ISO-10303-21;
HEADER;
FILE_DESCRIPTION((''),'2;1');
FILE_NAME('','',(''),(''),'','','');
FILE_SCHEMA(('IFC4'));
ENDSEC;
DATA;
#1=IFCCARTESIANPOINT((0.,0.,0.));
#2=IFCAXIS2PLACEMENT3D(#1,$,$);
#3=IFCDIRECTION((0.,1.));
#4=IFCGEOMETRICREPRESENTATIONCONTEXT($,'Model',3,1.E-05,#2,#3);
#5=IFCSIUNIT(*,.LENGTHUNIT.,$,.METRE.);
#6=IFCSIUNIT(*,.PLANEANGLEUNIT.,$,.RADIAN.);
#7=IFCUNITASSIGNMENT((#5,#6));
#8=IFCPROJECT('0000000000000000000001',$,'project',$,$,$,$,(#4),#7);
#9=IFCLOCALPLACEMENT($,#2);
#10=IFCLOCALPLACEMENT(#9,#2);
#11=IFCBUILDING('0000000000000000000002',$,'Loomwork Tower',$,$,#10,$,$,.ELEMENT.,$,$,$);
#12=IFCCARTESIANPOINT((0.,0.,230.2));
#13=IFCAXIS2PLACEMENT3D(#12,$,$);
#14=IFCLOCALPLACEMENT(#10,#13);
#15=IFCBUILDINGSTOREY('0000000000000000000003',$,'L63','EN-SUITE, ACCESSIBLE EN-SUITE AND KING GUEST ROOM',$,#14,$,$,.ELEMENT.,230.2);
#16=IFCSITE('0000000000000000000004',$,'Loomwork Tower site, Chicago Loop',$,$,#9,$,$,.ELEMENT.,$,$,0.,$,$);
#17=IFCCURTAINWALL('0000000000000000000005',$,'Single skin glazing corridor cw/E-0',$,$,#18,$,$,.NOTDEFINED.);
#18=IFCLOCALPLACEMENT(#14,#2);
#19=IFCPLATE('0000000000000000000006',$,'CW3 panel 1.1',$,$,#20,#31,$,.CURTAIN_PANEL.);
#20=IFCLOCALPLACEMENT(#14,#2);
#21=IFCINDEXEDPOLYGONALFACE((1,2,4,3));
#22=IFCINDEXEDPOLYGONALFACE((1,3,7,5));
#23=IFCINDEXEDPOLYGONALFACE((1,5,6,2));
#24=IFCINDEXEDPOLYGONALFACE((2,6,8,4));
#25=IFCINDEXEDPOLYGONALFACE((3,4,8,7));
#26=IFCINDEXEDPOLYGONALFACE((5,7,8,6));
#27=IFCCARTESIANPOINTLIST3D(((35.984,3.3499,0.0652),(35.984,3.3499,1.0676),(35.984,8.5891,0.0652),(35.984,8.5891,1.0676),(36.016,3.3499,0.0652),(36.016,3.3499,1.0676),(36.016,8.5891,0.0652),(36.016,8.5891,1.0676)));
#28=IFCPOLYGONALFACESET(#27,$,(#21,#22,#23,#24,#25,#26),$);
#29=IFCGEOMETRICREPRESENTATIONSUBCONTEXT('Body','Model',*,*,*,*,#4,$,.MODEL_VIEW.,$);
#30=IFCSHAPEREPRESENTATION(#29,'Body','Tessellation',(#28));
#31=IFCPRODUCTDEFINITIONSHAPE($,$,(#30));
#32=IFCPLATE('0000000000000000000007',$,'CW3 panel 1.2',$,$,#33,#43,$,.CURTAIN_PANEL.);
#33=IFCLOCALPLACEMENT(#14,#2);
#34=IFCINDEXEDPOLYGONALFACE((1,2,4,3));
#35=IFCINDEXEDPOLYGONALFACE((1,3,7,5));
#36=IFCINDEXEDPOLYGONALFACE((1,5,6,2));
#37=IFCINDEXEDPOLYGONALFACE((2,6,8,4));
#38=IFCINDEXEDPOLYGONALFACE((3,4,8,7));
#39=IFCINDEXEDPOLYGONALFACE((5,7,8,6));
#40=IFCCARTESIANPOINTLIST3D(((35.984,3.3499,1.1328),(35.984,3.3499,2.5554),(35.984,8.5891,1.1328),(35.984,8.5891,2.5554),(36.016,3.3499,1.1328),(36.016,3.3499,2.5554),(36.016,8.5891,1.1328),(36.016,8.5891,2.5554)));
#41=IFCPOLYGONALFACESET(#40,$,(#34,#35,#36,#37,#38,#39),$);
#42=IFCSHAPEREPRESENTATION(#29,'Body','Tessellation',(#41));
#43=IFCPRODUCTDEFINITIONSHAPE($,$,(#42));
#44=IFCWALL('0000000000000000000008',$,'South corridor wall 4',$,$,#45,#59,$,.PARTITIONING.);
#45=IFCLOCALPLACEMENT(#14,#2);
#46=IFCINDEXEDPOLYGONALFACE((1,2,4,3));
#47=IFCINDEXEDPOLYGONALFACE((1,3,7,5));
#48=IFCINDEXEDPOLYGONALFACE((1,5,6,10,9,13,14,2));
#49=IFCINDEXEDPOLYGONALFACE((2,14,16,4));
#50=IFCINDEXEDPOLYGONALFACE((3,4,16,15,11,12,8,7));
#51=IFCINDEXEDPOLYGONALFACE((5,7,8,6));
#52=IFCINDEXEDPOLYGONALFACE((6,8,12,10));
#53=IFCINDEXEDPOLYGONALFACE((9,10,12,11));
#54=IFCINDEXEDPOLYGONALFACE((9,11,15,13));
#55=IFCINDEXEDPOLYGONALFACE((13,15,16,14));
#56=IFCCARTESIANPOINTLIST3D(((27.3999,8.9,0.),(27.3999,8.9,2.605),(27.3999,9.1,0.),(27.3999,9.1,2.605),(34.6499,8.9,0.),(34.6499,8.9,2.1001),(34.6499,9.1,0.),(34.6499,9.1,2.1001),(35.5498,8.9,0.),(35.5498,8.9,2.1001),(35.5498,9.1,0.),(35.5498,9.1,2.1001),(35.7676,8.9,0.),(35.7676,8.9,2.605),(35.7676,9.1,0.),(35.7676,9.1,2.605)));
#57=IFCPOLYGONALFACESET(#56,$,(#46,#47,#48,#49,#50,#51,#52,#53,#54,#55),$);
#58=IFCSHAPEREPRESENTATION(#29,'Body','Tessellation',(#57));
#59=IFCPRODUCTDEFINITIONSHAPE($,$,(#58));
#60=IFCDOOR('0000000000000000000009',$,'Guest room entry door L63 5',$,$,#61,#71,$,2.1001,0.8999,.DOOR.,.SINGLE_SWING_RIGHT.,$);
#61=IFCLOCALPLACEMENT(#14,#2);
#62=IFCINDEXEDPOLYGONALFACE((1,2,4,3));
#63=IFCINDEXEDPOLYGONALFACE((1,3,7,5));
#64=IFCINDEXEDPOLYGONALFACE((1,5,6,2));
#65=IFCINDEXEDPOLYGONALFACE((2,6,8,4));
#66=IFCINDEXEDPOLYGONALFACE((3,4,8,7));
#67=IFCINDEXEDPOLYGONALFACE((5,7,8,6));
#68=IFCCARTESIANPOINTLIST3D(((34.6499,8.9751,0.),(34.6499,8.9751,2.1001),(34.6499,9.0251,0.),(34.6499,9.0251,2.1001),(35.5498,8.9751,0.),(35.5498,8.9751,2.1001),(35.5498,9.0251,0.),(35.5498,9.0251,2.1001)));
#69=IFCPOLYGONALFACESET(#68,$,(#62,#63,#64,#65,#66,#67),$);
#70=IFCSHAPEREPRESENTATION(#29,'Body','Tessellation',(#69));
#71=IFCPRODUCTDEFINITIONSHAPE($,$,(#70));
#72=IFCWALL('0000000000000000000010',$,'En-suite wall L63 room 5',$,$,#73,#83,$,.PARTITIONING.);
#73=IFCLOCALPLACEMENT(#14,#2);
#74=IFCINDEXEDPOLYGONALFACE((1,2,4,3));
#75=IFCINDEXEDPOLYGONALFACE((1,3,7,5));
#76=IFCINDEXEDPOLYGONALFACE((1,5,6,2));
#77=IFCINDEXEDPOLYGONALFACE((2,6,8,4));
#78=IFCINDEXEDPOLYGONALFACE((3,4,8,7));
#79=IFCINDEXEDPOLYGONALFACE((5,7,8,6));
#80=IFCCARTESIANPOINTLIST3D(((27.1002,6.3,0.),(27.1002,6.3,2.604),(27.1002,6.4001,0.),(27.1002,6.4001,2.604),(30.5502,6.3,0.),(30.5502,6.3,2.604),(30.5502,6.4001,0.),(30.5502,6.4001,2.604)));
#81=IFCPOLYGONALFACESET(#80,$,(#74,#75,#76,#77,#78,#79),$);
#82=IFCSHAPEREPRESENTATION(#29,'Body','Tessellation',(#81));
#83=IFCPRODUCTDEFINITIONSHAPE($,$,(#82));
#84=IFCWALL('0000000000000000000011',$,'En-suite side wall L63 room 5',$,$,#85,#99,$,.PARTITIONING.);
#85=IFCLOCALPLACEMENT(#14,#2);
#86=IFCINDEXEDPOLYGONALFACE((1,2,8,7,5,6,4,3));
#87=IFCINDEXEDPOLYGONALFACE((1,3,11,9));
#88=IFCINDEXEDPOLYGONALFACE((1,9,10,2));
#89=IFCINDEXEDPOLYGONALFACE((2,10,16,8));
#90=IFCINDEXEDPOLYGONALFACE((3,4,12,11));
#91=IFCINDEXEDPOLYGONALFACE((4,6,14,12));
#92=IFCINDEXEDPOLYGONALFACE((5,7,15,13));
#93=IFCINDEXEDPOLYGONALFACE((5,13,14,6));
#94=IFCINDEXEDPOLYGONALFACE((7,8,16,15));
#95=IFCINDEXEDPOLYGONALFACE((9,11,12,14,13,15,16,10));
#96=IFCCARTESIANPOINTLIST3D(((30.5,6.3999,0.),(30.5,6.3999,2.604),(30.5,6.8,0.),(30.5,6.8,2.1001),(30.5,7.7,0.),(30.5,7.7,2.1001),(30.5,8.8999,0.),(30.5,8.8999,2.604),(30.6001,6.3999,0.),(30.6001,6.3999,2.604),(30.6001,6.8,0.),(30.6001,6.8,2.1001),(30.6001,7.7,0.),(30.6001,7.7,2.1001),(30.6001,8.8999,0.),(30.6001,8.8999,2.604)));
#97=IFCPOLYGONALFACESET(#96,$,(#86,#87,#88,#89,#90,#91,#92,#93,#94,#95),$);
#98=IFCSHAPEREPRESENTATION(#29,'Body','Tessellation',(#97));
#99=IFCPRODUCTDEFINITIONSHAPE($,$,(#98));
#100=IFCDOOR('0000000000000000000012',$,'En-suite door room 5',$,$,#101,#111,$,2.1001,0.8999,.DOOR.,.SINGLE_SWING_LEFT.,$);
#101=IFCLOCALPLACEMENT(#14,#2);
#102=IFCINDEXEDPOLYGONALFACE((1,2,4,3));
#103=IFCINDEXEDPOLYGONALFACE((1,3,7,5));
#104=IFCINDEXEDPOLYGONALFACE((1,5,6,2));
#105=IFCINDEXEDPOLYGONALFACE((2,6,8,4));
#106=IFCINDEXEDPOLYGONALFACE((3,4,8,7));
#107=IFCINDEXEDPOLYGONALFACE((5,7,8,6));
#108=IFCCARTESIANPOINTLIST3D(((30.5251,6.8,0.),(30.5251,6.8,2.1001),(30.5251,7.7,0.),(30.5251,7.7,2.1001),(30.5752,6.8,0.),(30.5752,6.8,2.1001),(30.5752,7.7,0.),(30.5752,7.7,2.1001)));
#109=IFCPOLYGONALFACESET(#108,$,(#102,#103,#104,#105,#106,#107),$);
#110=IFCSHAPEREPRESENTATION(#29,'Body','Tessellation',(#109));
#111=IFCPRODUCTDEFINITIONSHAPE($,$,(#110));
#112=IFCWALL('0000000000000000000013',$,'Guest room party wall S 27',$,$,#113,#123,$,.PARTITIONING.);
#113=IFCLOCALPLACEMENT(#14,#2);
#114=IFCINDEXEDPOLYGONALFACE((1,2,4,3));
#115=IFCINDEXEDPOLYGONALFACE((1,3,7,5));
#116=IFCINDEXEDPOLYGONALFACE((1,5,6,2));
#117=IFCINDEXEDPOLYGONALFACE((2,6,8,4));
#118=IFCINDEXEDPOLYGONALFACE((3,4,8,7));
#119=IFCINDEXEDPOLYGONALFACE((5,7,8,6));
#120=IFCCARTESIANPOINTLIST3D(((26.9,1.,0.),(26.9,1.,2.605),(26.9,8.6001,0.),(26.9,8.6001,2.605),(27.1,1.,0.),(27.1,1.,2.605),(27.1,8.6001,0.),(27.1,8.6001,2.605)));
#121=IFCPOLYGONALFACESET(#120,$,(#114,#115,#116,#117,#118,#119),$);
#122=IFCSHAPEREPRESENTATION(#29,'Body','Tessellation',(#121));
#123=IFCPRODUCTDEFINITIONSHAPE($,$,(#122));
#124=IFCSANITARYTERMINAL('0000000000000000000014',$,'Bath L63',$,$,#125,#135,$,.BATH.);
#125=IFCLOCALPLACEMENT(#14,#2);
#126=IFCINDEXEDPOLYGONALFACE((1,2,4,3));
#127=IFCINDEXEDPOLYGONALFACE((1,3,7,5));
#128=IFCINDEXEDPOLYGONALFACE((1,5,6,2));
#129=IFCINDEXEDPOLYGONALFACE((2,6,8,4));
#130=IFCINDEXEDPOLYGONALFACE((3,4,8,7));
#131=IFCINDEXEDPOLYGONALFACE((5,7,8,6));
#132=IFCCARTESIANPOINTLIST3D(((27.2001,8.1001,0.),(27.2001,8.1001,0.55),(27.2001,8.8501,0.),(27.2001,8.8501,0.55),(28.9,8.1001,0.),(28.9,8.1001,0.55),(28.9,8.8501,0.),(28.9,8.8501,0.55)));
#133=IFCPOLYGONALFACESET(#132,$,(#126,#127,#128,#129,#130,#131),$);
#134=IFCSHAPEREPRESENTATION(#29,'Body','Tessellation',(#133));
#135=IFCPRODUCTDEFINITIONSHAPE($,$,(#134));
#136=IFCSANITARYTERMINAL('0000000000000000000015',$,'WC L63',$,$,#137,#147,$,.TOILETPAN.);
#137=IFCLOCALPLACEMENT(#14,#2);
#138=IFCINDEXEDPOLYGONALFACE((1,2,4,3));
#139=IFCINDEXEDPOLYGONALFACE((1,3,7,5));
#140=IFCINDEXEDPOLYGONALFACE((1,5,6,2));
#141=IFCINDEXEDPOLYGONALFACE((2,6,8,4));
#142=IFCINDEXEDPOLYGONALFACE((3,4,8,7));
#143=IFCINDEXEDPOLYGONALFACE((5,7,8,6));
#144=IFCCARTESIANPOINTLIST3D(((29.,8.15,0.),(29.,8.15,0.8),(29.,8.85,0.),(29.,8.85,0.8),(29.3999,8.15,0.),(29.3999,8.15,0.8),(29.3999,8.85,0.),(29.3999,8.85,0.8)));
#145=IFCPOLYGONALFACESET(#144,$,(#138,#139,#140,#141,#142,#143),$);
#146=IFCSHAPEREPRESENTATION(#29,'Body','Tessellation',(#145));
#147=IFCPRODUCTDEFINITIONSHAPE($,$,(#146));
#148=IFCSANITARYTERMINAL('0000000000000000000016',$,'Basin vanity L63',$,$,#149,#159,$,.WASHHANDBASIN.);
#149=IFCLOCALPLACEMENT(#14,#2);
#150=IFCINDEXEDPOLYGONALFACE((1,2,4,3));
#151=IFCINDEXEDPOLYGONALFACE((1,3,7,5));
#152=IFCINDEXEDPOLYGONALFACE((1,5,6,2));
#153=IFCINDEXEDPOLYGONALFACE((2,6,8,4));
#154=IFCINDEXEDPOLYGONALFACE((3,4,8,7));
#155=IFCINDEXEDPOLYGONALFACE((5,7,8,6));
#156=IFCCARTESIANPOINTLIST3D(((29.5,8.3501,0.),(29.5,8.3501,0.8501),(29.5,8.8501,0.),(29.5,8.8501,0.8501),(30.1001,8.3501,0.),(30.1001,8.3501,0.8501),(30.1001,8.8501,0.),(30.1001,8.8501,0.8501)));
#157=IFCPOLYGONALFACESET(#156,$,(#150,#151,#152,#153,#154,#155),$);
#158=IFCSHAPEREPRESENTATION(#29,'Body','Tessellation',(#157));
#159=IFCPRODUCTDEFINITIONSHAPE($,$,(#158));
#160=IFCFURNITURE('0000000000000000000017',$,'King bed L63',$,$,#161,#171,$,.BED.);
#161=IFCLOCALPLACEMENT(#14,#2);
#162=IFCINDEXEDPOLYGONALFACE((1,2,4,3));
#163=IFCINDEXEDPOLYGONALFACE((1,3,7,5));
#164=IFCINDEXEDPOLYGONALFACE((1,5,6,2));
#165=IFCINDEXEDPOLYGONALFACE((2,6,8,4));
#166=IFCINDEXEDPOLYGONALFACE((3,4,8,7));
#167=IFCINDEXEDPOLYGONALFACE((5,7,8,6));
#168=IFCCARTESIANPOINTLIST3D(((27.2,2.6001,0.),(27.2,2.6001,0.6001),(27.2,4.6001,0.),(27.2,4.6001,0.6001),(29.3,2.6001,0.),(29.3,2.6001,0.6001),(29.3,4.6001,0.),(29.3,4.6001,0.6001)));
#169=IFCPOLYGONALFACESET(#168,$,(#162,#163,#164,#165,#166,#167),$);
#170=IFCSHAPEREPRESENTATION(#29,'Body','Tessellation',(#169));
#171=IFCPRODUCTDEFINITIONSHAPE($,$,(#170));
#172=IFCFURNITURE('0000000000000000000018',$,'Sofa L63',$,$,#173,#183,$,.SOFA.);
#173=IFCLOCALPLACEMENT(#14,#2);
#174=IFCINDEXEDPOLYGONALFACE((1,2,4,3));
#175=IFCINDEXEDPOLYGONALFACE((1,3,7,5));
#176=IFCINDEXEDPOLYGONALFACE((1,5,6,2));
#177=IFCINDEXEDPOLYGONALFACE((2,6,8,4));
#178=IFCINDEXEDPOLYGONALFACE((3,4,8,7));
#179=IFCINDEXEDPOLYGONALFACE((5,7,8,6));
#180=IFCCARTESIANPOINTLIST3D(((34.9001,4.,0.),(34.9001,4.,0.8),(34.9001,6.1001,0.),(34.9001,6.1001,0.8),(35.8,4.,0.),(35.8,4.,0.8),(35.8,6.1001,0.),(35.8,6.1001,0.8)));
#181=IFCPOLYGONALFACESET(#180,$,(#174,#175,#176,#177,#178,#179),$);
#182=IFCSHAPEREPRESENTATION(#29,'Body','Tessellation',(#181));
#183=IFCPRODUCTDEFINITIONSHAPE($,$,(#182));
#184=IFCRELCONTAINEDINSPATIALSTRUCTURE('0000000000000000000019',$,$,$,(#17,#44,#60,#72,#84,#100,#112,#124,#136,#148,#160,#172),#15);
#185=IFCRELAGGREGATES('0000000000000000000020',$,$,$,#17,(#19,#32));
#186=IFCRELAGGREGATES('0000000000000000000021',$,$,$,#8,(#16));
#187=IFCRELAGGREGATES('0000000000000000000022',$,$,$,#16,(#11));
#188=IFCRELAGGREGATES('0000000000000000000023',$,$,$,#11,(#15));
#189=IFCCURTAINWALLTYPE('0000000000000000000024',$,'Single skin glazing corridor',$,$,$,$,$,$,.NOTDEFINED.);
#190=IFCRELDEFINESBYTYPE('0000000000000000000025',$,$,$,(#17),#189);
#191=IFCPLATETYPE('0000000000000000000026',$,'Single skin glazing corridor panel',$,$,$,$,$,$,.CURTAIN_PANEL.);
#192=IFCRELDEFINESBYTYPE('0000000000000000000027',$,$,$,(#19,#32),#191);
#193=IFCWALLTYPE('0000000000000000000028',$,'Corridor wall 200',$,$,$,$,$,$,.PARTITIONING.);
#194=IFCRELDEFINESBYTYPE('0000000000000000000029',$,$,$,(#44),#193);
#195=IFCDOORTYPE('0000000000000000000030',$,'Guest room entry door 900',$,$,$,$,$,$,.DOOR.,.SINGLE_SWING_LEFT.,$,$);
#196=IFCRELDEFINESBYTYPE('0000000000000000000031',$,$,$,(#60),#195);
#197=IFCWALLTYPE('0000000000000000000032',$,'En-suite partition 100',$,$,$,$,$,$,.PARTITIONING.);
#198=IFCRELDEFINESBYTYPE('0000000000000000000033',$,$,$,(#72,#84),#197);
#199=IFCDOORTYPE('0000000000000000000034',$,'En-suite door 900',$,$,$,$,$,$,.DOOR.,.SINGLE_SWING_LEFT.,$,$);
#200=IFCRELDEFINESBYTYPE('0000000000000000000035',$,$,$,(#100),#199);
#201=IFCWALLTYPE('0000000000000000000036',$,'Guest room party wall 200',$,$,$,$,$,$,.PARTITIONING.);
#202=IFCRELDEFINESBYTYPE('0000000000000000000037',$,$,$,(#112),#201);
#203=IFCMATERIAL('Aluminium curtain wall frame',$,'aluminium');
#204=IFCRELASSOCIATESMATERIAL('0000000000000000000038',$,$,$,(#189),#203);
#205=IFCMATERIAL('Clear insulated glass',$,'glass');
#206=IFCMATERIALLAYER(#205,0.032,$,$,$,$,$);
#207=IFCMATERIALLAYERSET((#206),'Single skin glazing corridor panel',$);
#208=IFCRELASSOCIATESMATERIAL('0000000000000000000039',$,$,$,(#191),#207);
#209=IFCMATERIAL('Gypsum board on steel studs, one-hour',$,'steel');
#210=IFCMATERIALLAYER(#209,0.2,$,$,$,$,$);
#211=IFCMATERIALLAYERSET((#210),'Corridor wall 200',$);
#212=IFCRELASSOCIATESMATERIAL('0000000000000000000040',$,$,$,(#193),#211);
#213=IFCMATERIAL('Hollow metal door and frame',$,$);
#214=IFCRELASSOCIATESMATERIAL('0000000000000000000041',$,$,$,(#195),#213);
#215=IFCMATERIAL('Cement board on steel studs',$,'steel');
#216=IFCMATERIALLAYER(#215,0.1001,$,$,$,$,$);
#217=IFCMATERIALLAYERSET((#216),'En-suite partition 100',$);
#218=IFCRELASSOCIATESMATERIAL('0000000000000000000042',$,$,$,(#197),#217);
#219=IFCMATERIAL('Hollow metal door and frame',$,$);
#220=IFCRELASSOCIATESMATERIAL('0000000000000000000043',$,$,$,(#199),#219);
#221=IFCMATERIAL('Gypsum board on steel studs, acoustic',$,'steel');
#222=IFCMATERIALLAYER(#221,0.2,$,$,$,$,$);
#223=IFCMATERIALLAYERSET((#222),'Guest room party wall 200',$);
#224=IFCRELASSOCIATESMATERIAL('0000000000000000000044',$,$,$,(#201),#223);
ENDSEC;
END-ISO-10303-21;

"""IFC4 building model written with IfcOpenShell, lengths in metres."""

from ifc_helpers import new_model, si_unit, direction, frame, frame_2d, origin, origin_2d, place, context, subcontext, project, spatial, rectangle, extrude, material, layer, layer_set, type_object, element, fill, aggregate, save


model = new_model("IFC4")

# Units and contexts
model_context = context("Model", 3, precision=1e-05, world=origin(), true_north=direction((0.0, 1.0)))
body_context = subcontext(model_context, "Body", "Model", "MODEL_VIEW")
ifc_project = project(units=[si_unit("LENGTHUNIT", "METRE"), si_unit("PLANEANGLEUNIT", "RADIAN")], contexts=[model_context])

# Site, building, storey
site_placement = place(None, origin())
site = spatial("IfcSite", under=ifc_project, at=site_placement, Name="Loomwork Tower site, Chicago Loop", CompositionType="ELEMENT", RefElevation=0.0)
building_placement = place(site_placement, origin())
building = spatial("IfcBuilding", under=site, at=building_placement, Name="Loomwork Tower", CompositionType="ELEMENT")
storey_placement = place(building_placement, frame((0.0, 0.0, 230.2)))
storey = spatial("IfcBuildingStorey", under=building, at=storey_placement, Name="L63", Description="EN-SUITE, ACCESSIBLE EN-SUITE AND KING GUEST ROOM", CompositionType="ELEMENT", Elevation=230.2)

# Curtain wall, plates
ifc_material_1 = material(Name="Aluminium curtain wall frame", Category="aluminium")
curtain_wall_type = type_object("IfcCurtainWallType", Name="Single skin glazing corridor", PredefinedType="NOTDEFINED", material=ifc_material_1)
curtain_wall_placement = place(storey_placement, origin())
curtain_wall = element("IfcCurtainWall", 1, at=curtain_wall_placement, inside=storey, type_object=curtain_wall_type, Name="Single skin glazing corridor cw/E-0", PredefinedType="NOTDEFINED")
ifc_material_2 = material(Name="Clear insulated glass", Category="glass")
ifc_layer_1 = layer(ifc_material_2, 0.032)
ifc_layer_set_1 = layer_set([ifc_layer_1], Name="Single skin glazing corridor panel")
plate_type = type_object("IfcPlateType", Name="Single skin glazing corridor panel", PredefinedType="CURTAIN_PANEL", material=ifc_layer_set_1)
plate_1_placement = place(storey_placement, frame((36.0, 5.9695, 0.0652), z_axis=(0.0, 0.0, 1.0), x_axis=(0.0, 1.0, 0.0)))
plate_1 = element("IfcPlate", 2, at=plate_1_placement, type_object=plate_type, Name="CW3 panel 1.1", PredefinedType="CURTAIN_PANEL", context=body_context, shape_type="SweptSolid", body=[
    extrude(rectangle(XDim=5.2393, YDim=0.032, at=origin_2d()), origin(), (0.0, 0.0, 1.0), 1.0024),
])
plate_2_placement = place(storey_placement, frame((36.0, 5.9695, 1.1328), z_axis=(0.0, 0.0, 1.0), x_axis=(0.0, 1.0, 0.0)))
plate_2 = element("IfcPlate", 3, at=plate_2_placement, type_object=plate_type, Name="CW3 panel 1.2", PredefinedType="CURTAIN_PANEL", context=body_context, shape_type="SweptSolid", body=[
    extrude(rectangle(XDim=5.2393, YDim=0.032, at=origin_2d()), origin(), (0.0, 0.0, 1.0), 1.4226),
])
aggregate(curtain_wall, [plate_1, plate_2])

# Wall, opening, door
ifc_material_3 = material(Name="Gypsum board on steel studs, one-hour", Category="steel")
ifc_layer_2 = layer(ifc_material_3, 0.2)
ifc_layer_set_2 = layer_set([ifc_layer_2], Name="Corridor wall 200")
wall_type_1 = type_object("IfcWallType", Name="Corridor wall 200", PredefinedType="PARTITIONING", material=ifc_layer_set_2)
wall_1_placement = place(storey_placement, frame((27.3999, 9.0, 0.0), z_axis=(0.0, 0.0, 1.0), x_axis=(1.0, 0.0, 0.0)))
wall_1 = element("IfcWall", 4, at=wall_1_placement, inside=storey, type_object=wall_type_1, Name="South corridor wall 4", PredefinedType="PARTITIONING", context=body_context, shape_type="SweptSolid", body=[
    extrude(rectangle(XDim=8.3677, YDim=0.2, at=frame_2d((4.1838, 0.0))), origin(), (0.0, 0.0, 1.0), 2.605),
])
opening_1_placement = place(wall_1_placement, frame((7.25, 0.0, 0.0)))
opening_1 = element("IfcOpeningElement", 5, at=opening_1_placement, cuts=wall_1, PredefinedType="OPENING", context=body_context, shape_type="SweptSolid", body=[
    extrude(rectangle(XDim=0.8999, YDim=2.1001, at=frame_2d((0.45, 1.05))), frame((0.0, 0.1099, 0.0), z_axis=(0.0, -1.0, 0.0), x_axis=(1.0, 0.0, 0.0)), (0.0, 0.0, 1.0), 0.22),
])
ifc_material_4 = material(Name="Hollow metal door and frame")
door_type_1 = type_object("IfcDoorType", Name="Guest room entry door 900", OperationType="SINGLE_SWING_LEFT", PredefinedType="DOOR", material=ifc_material_4)
door_1_placement = place(opening_1_placement, frame((0.8999, 0.0, 0.0), z_axis=(0.0, 0.0, 1.0), x_axis=(-1.0, 0.0, 0.0)))
door_1 = element("IfcDoor", 6, at=door_1_placement, inside=storey, type_object=door_type_1, Name="Guest room entry door L63 5", OperationType="SINGLE_SWING_RIGHT", OverallHeight=2.1001, OverallWidth=0.8999, PredefinedType="DOOR", context=body_context, shape_type="SweptSolid", body=[
    extrude(rectangle(XDim=0.8999, YDim=2.1001, at=frame_2d((0.45, 1.05))), frame((0.0, 0.0249, 0.0), z_axis=(0.0, -1.0, 0.0), x_axis=(1.0, 0.0, 0.0)), (0.0, 0.0, 1.0), 0.05),
])
fill(opening_1, door_1)

# Wall
ifc_material_5 = material(Name="Cement board on steel studs", Category="steel")
ifc_layer_3 = layer(ifc_material_5, 0.1001)
ifc_layer_set_3 = layer_set([ifc_layer_3], Name="En-suite partition 100")
wall_type_2 = type_object("IfcWallType", Name="En-suite partition 100", PredefinedType="PARTITIONING", material=ifc_layer_set_3)
wall_2_placement = place(storey_placement, frame((27.1001, 6.3501, 0.0), z_axis=(0.0, 0.0, 1.0), x_axis=(1.0, 0.0, 0.0)))
element("IfcWall", 7, at=wall_2_placement, inside=storey, type_object=wall_type_2, Name="En-suite wall L63 room 5", PredefinedType="PARTITIONING", context=body_context, shape_type="SweptSolid", body=[
    extrude(rectangle(XDim=3.45, YDim=0.1001, at=frame_2d((1.7251, 0.0))), origin(), (0.0, 0.0, 1.0), 2.604),
])

# Wall, opening, door
wall_3_placement = place(storey_placement, frame((30.55, 8.8999, 0.0), z_axis=(0.0, 0.0, 1.0), x_axis=(0.0, -1.0, 0.0)))
wall_3 = element("IfcWall", 8, at=wall_3_placement, inside=storey, type_object=wall_type_2, Name="En-suite side wall L63 room 5", PredefinedType="PARTITIONING", context=body_context, shape_type="SweptSolid", body=[
    extrude(rectangle(XDim=2.5, YDim=0.1001, at=frame_2d((1.25, 0.0))), origin(), (0.0, 0.0, 1.0), 2.604),
])
opening_2_placement = place(wall_3_placement, frame((1.2, 0.0, 0.0)))
opening_2 = element("IfcOpeningElement", 9, at=opening_2_placement, cuts=wall_3, PredefinedType="OPENING", context=body_context, shape_type="SweptSolid", body=[
    extrude(rectangle(XDim=0.8999, YDim=2.1001, at=frame_2d((0.45, 1.05))), frame((0.0, 0.0601, 0.0), z_axis=(0.0, -1.0, 0.0), x_axis=(1.0, 0.0, 0.0)), (0.0, 0.0, 1.0), 0.1201),
])
ifc_material_6 = material(Name="Hollow metal door and frame")
door_type_2 = type_object("IfcDoorType", Name="En-suite door 900", OperationType="SINGLE_SWING_LEFT", PredefinedType="DOOR", material=ifc_material_6)
door_2_placement = place(opening_2_placement, frame((0.8999, 0.0, 0.0), z_axis=(0.0, 0.0, 1.0), x_axis=(-1.0, 0.0, 0.0)))
door_2 = element("IfcDoor", 10, at=door_2_placement, inside=storey, type_object=door_type_2, Name="En-suite door room 5", OperationType="SINGLE_SWING_LEFT", OverallHeight=2.1001, OverallWidth=0.8999, PredefinedType="DOOR", context=body_context, shape_type="SweptSolid", body=[
    extrude(rectangle(XDim=0.8999, YDim=2.1001, at=frame_2d((0.45, 1.05))), frame((0.0, 0.0249, 0.0), z_axis=(0.0, -1.0, 0.0), x_axis=(1.0, 0.0, 0.0)), (0.0, 0.0, 1.0), 0.05),
])
fill(opening_2, door_2)

# Wall
ifc_material_7 = material(Name="Gypsum board on steel studs, acoustic", Category="steel")
ifc_layer_4 = layer(ifc_material_7, 0.2)
ifc_layer_set_4 = layer_set([ifc_layer_4], Name="Guest room party wall 200")
wall_type_3 = type_object("IfcWallType", Name="Guest room party wall 200", PredefinedType="PARTITIONING", material=ifc_layer_set_4)
wall_4_placement = place(storey_placement, frame((27.0, 8.6001, 0.0), z_axis=(0.0, 0.0, 1.0), x_axis=(0.0, -1.0, 0.0)))
element("IfcWall", 11, at=wall_4_placement, inside=storey, type_object=wall_type_3, Name="Guest room party wall S 27", PredefinedType="PARTITIONING", context=body_context, shape_type="SweptSolid", body=[
    extrude(rectangle(XDim=7.6001, YDim=0.2, at=frame_2d((3.8, 0.0))), origin(), (0.0, 0.0, 1.0), 2.605),
])

# Sanitary terminals
sanitary_terminal_1_placement = place(storey_placement, frame((28.05, 8.4751, 0.0), z_axis=(0.0, 0.0, 1.0), x_axis=(1.0, 0.0, 0.0)))
element("IfcSanitaryTerminal", 12, at=sanitary_terminal_1_placement, inside=storey, Name="Bath L63", PredefinedType="BATH", context=body_context, shape_type="SweptSolid", body=[
    extrude(rectangle(XDim=1.7, YDim=0.75, at=origin_2d()), origin(), (0.0, 0.0, 1.0), 0.55),
])
sanitary_terminal_2_placement = place(storey_placement, frame((29.2, 8.5, 0.0), z_axis=(0.0, 0.0, 1.0), x_axis=(1.0, 0.0, 0.0)))
element("IfcSanitaryTerminal", 13, at=sanitary_terminal_2_placement, inside=storey, Name="WC L63", PredefinedType="TOILETPAN", context=body_context, shape_type="SweptSolid", body=[
    extrude(rectangle(XDim=0.3999, YDim=0.7, at=origin_2d()), origin(), (0.0, 0.0, 1.0), 0.8),
])
sanitary_terminal_3_placement = place(storey_placement, frame((29.8, 8.6001, 0.0), z_axis=(0.0, 0.0, 1.0), x_axis=(1.0, 0.0, 0.0)))
element("IfcSanitaryTerminal", 14, at=sanitary_terminal_3_placement, inside=storey, Name="Basin vanity L63", PredefinedType="WASHHANDBASIN", context=body_context, shape_type="SweptSolid", body=[
    extrude(rectangle(XDim=0.6001, YDim=0.5, at=origin_2d()), origin(), (0.0, 0.0, 1.0), 0.8501),
])

# Furniture
furniture_1_placement = place(storey_placement, frame((28.25, 3.6001, 0.0), z_axis=(0.0, 0.0, 1.0), x_axis=(1.0, 0.0, 0.0)))
element("IfcFurniture", 15, at=furniture_1_placement, inside=storey, Name="King bed L63", PredefinedType="BED", context=body_context, shape_type="SweptSolid", body=[
    extrude(rectangle(XDim=2.1001, YDim=2.0, at=origin_2d()), origin(), (0.0, 0.0, 1.0), 0.6001),
])
furniture_2_placement = place(storey_placement, frame((35.3501, 5.05, 0.0), z_axis=(0.0, 0.0, 1.0), x_axis=(1.0, 0.0, 0.0)))
element("IfcFurniture", 16, at=furniture_2_placement, inside=storey, Name="Sofa L63", PredefinedType="SOFA", context=body_context, shape_type="SweptSolid", body=[
    extrude(rectangle(XDim=0.8999, YDim=2.1001, at=origin_2d()), origin(), (0.0, 0.0, 1.0), 0.8),
])

save(model, "model.ifc")
